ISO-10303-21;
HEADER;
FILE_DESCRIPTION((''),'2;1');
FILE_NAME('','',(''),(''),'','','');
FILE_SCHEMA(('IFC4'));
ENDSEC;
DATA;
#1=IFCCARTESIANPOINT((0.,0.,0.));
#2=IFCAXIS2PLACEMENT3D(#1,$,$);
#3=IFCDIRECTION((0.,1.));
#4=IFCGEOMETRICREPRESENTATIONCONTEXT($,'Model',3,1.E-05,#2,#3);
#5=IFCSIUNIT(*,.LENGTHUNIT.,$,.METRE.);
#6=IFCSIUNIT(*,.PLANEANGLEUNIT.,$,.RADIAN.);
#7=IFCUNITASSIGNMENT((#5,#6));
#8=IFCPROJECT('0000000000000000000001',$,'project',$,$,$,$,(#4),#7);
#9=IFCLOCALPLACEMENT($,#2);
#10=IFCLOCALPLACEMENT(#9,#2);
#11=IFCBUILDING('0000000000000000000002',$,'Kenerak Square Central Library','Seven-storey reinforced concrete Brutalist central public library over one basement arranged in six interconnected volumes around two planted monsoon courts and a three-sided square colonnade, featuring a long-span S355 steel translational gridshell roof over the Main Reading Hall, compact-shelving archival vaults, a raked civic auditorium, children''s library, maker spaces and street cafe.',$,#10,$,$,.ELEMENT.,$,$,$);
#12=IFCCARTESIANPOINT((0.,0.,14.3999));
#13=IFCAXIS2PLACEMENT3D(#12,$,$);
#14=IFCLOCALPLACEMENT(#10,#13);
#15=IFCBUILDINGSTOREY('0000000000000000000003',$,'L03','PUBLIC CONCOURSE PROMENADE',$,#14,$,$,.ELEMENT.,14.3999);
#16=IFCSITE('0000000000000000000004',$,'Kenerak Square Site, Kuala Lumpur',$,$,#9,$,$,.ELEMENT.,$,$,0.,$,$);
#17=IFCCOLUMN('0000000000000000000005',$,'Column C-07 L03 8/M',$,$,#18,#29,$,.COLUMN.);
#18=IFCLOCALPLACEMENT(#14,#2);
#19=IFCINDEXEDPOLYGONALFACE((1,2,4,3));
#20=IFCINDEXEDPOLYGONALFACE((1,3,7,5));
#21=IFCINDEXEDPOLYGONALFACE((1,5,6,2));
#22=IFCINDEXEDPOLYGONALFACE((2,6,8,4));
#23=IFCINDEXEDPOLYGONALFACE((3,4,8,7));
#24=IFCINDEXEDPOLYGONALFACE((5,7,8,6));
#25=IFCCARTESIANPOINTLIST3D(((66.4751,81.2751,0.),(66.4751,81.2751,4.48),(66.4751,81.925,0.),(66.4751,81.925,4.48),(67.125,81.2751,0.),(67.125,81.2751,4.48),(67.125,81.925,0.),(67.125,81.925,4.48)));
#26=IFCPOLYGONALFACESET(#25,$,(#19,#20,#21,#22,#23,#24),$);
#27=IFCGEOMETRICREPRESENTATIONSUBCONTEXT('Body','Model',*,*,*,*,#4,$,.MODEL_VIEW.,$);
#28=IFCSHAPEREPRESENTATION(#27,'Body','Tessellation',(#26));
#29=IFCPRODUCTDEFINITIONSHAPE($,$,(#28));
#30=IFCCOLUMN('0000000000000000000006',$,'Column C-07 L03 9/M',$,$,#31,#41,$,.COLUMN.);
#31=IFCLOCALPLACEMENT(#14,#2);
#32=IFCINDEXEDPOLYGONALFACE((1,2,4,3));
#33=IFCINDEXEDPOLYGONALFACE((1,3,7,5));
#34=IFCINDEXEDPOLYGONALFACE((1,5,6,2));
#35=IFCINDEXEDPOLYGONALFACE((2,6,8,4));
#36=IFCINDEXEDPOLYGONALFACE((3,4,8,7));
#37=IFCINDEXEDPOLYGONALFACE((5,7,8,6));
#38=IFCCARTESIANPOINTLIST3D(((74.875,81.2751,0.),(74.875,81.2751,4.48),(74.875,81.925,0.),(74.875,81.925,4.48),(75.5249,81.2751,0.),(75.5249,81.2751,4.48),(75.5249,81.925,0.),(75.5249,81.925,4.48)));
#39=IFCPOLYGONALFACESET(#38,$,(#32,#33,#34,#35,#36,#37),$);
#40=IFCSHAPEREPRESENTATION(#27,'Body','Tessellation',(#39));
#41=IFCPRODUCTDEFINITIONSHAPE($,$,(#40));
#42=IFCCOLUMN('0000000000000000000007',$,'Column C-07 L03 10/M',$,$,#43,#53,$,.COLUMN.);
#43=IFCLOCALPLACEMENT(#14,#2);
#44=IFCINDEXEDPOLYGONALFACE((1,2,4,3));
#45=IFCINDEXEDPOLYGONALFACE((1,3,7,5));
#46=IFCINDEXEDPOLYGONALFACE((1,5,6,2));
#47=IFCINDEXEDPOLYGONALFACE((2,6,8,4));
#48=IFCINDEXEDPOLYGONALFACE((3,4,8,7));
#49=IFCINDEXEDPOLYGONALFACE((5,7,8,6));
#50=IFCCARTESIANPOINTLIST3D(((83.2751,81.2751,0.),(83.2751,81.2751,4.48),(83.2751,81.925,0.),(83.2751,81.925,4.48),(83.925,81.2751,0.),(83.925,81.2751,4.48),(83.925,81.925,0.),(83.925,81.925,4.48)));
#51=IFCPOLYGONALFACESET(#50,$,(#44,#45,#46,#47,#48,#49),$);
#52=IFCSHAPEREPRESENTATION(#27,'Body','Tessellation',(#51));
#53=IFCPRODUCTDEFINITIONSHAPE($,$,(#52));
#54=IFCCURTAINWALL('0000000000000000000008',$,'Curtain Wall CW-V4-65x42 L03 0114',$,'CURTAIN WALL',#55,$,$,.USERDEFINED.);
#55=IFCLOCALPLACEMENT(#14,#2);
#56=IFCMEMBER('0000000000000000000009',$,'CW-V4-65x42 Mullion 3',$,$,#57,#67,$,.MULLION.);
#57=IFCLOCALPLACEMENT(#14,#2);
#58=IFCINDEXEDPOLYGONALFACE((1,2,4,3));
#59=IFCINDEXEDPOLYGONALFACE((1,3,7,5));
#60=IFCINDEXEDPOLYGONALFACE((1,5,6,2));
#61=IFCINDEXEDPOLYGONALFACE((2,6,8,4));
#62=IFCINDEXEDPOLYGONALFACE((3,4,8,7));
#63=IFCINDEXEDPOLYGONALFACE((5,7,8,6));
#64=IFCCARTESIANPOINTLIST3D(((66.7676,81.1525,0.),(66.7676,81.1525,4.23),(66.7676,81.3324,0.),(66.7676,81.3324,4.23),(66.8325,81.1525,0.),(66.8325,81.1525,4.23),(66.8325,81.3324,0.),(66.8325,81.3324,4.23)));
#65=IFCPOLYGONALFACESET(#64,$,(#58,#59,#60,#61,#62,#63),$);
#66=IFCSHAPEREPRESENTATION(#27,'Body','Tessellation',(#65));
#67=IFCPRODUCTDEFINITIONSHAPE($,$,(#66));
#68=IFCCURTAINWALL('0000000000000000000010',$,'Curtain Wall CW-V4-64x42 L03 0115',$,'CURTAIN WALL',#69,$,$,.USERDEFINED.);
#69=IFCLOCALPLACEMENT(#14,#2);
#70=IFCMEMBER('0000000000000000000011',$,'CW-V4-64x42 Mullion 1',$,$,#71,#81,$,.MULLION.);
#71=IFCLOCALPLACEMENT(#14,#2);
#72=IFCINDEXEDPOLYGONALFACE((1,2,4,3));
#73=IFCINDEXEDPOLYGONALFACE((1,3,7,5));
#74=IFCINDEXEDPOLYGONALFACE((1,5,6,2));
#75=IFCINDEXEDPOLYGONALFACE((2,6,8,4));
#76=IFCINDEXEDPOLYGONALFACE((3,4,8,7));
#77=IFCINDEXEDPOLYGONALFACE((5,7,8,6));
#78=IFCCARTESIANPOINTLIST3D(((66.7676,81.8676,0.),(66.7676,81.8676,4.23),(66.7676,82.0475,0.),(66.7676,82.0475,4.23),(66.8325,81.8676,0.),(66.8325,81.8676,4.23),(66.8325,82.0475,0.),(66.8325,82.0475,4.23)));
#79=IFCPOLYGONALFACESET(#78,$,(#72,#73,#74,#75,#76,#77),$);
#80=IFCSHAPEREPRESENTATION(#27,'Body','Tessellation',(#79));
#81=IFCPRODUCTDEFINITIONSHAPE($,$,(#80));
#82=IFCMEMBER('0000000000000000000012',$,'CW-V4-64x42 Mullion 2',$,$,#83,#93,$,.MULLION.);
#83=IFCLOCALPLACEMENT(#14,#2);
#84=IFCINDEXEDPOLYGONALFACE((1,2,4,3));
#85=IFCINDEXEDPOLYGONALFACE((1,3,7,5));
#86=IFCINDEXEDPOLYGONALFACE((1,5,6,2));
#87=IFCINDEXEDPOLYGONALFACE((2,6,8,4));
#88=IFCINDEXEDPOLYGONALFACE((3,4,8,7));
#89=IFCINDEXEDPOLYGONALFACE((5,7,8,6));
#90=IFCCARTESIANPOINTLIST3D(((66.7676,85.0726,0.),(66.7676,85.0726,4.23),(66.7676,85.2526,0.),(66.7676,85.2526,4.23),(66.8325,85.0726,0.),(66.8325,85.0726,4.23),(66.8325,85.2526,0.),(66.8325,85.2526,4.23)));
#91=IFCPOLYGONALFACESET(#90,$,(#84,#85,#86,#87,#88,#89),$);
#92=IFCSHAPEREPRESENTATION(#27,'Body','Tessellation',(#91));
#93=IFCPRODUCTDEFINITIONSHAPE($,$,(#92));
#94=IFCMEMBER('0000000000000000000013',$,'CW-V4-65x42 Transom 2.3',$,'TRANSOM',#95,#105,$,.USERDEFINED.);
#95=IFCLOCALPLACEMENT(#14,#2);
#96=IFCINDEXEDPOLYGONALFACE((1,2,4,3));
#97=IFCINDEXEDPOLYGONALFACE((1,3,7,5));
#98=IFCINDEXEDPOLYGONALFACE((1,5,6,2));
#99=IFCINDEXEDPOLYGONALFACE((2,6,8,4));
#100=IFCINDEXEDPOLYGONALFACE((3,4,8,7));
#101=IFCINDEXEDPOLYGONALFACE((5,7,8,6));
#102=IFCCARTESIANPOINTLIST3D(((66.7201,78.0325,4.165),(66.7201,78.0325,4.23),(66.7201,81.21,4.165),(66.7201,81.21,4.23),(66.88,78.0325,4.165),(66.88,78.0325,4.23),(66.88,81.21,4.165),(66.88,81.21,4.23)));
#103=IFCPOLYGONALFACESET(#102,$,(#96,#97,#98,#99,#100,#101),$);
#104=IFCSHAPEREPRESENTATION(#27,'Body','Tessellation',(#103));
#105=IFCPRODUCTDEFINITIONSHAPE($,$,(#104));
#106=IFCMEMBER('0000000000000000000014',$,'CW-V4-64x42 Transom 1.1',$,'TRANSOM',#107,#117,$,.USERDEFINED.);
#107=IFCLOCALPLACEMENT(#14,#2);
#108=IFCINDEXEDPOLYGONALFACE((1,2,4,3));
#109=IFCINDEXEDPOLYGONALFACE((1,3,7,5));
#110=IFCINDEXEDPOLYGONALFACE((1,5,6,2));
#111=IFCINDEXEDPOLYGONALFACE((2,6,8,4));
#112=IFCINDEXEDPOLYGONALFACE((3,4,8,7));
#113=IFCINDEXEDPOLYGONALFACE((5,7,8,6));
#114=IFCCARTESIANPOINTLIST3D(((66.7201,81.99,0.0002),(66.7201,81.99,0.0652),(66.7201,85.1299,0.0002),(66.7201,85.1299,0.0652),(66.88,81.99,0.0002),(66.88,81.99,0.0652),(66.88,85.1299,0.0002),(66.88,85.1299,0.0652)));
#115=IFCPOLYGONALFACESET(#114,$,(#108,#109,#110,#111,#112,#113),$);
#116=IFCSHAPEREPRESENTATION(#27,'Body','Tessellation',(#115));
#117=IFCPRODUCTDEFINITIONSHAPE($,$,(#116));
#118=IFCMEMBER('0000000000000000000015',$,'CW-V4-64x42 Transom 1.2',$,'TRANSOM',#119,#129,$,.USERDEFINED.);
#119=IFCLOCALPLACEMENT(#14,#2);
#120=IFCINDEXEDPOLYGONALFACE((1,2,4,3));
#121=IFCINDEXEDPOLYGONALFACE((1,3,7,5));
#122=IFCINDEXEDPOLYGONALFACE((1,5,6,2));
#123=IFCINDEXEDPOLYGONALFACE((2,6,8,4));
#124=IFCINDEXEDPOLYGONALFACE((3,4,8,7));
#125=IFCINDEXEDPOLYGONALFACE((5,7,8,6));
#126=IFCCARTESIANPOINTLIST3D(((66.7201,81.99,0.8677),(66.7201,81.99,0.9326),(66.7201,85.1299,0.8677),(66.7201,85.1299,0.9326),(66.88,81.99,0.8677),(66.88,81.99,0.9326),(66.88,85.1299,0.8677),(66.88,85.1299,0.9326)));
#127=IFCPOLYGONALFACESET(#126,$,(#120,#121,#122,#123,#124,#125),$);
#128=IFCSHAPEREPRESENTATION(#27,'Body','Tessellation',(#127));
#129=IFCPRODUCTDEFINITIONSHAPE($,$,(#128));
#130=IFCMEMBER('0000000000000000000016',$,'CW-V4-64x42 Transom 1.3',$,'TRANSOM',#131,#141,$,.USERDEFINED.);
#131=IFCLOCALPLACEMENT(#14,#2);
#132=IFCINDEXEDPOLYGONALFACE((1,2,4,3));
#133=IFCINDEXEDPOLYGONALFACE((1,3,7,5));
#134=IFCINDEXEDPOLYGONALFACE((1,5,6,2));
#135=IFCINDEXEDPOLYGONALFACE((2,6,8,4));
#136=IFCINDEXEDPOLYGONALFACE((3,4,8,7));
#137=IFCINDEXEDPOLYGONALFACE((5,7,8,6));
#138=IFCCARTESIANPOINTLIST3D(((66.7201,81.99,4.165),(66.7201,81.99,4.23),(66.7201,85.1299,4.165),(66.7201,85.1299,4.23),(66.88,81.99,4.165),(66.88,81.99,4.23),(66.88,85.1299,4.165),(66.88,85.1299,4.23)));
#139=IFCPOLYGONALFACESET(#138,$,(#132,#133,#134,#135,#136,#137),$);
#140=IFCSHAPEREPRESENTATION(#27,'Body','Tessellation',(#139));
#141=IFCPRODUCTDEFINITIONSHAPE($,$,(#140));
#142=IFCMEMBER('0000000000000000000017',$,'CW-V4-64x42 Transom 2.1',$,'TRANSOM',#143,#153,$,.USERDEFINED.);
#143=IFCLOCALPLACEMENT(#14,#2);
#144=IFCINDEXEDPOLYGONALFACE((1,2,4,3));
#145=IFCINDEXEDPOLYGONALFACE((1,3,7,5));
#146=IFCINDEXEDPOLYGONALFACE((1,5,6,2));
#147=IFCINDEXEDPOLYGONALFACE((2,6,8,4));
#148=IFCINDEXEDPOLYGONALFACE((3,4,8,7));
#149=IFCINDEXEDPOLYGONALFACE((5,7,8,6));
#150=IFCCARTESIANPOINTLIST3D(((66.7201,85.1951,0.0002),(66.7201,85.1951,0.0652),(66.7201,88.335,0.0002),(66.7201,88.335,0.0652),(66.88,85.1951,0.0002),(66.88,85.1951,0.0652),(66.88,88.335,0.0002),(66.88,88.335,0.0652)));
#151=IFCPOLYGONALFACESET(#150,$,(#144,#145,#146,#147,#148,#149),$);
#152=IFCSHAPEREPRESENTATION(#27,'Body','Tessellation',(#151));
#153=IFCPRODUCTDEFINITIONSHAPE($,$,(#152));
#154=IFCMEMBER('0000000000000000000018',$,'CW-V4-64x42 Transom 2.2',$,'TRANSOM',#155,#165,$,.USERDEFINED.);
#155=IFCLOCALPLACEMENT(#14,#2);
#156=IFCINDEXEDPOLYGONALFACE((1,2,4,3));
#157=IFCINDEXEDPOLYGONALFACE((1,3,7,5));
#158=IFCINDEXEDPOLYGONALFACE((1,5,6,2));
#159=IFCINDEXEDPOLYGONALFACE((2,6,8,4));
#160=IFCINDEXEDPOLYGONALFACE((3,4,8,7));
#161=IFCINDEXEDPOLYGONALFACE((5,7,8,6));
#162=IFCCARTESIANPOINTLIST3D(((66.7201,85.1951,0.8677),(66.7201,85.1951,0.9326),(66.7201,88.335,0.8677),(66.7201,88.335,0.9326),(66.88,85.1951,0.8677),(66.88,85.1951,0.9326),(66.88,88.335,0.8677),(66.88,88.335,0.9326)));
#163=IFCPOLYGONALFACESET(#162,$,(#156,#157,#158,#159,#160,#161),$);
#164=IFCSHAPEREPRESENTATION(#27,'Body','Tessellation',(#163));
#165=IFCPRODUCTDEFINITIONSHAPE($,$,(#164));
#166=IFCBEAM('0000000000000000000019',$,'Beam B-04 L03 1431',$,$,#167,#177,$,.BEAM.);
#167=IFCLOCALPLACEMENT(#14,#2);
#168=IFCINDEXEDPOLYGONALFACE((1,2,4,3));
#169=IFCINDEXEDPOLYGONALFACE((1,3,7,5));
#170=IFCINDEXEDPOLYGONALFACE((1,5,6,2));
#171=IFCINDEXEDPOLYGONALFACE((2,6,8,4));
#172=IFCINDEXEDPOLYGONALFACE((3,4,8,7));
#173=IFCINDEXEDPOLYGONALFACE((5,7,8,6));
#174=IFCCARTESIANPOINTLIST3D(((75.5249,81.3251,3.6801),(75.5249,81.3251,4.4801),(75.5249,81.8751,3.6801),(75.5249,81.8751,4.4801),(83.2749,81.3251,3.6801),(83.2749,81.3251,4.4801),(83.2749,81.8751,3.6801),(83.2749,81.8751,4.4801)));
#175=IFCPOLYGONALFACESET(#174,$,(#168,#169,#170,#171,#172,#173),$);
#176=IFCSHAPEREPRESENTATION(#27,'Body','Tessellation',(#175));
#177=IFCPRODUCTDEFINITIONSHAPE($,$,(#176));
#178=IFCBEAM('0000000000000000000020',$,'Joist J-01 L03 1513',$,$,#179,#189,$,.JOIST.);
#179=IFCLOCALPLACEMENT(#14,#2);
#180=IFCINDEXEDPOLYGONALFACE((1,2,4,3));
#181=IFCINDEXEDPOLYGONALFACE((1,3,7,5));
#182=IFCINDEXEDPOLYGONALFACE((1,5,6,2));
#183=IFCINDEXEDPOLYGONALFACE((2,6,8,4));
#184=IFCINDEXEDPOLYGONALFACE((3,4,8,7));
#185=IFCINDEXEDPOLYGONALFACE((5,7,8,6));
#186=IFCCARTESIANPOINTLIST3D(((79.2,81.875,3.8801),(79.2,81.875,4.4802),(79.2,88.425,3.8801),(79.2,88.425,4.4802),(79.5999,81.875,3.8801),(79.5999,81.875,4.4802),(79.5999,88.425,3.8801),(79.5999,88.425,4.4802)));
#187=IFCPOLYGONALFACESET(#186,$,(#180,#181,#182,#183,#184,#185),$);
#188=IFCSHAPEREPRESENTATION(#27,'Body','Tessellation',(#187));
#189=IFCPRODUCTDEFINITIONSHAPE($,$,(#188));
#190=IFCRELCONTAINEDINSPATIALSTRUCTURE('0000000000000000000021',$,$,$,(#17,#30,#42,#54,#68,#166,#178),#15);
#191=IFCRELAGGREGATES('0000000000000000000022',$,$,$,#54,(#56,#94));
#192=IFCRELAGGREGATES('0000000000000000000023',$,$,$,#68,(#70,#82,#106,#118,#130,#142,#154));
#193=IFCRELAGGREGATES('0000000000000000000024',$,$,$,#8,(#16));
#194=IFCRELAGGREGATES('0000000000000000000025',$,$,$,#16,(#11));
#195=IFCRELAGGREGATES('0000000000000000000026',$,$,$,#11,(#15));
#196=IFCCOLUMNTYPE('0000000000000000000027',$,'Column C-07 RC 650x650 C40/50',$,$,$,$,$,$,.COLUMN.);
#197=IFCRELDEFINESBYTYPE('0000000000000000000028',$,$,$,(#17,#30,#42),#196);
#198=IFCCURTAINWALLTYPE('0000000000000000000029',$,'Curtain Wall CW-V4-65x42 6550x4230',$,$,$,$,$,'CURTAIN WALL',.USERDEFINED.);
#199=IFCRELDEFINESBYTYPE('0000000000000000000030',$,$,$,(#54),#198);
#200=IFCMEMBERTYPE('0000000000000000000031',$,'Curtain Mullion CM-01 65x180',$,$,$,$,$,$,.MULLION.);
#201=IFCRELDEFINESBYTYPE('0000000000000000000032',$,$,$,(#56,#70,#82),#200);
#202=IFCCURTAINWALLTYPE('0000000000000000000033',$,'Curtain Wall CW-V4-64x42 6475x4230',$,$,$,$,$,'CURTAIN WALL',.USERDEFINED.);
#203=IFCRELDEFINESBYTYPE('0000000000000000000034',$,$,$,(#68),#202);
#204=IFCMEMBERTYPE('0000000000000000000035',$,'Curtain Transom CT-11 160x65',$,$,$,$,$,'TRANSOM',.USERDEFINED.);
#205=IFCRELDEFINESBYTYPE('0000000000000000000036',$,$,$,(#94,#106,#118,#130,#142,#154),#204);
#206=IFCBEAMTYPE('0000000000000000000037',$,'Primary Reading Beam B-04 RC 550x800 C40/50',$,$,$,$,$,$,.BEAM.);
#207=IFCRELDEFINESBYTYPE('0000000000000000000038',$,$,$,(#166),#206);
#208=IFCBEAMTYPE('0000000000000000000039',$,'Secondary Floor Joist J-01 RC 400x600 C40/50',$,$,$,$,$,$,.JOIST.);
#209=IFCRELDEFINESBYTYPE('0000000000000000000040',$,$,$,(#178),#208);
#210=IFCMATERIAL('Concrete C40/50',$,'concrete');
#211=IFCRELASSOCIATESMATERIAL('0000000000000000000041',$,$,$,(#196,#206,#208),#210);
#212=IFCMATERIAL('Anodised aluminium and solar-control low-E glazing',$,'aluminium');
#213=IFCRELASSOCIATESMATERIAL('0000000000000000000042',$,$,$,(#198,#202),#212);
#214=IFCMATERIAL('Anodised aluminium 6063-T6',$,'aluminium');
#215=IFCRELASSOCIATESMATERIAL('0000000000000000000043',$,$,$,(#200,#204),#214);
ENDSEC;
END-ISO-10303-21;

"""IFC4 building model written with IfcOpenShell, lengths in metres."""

from ifc_helpers import new_model, si_unit, direction, frame, origin, origin_2d, place, context, subcontext, project, spatial, rectangle, extrude, material, material_profile, profile_set, type_object, element, aggregate, save


model = new_model("IFC4")

# Units and contexts
model_context = context("Model", 3, precision=1e-05, world=origin(), true_north=direction((0.0, 1.0)))
body_context = subcontext(model_context, "Body", "Model", "MODEL_VIEW")
ifc_project = project(units=[si_unit("LENGTHUNIT", "METRE"), si_unit("PLANEANGLEUNIT", "RADIAN")], contexts=[model_context])

# Site, building, storey
site_placement = place(None, origin())
site = spatial("IfcSite", under=ifc_project, at=site_placement, Name="Kenerak Square Site, Kuala Lumpur", CompositionType="ELEMENT", RefElevation=0.0)
building_placement = place(site_placement, origin())
building = spatial("IfcBuilding", under=site, at=building_placement, Name="Kenerak Square Central Library", Description="Seven-storey reinforced concrete Brutalist central public library over one basement arranged in six interconnected volumes around two planted monsoon courts and a three-sided square colonnade, featuring a long-span S355 steel translational gridshell roof over the Main Reading Hall, compact-shelving archival vaults, a raked civic auditorium, children's library, maker spaces and street cafe.", CompositionType="ELEMENT")
storey_placement = place(building_placement, frame((0.0, 0.0, 14.3999)))
storey = spatial("IfcBuildingStorey", under=building, at=storey_placement, Name="L03", Description="PUBLIC CONCOURSE PROMENADE", CompositionType="ELEMENT", Elevation=14.3999)

# Columns
ifc_material_1 = material(Name="Concrete C40/50", Category="concrete")
ifc_material_profile_1 = material_profile(ifc_material_1, rectangle(XDim=0.6499, YDim=0.6499, at=origin_2d()), Name="RC 650x650")
ifc_profile_set_1 = profile_set([ifc_material_profile_1], Name="Concrete C40/50")
column_type = type_object("IfcColumnType", Name="Column C-07 RC 650x650 C40/50", PredefinedType="COLUMN", material=ifc_profile_set_1)
for number, where, z_axis, x_axis, name in (
    (1, (66.8, 81.6001, 0.0), (0.0, 0.0, 1.0), (1.0, 0.0, 0.0), "Column C-07 L03 8/M"),
    (2, (75.2, 81.6001, 0.0), (0.0, 0.0, 1.0), (1.0, 0.0, 0.0), "Column C-07 L03 9/M"),
    (3, (83.6001, 81.6001, 0.0), (0.0, 0.0, 1.0), (1.0, 0.0, 0.0), "Column C-07 L03 10/M"),
):
    element("IfcColumn", number, at=place(storey_placement, frame(where, z_axis=z_axis, x_axis=x_axis)), inside=storey, type_object=column_type, Name=name, PredefinedType="COLUMN", context=body_context, shape_type="SweptSolid", body=[
        extrude(rectangle(XDim=0.6499, YDim=0.6499, at=origin_2d()), origin(), (0.0, 0.0, 1.0), 4.48),
    ])

# Curtain wall, member
ifc_material_2 = material(Name="Anodised aluminium and solar-control low-E glazing", Category="aluminium")
curtain_wall_type_1 = type_object("IfcCurtainWallType", Name="Curtain Wall CW-V4-65x42 6550x4230", ElementType="CURTAIN WALL", PredefinedType="USERDEFINED", material=ifc_material_2)
curtain_wall_1_placement = place(storey_placement, origin())
curtain_wall_1 = element("IfcCurtainWall", 4, at=curtain_wall_1_placement, inside=storey, type_object=curtain_wall_type_1, Name="Curtain Wall CW-V4-65x42 L03 0114", ObjectType="CURTAIN WALL", PredefinedType="USERDEFINED")
ifc_material_3 = material(Name="Anodised aluminium 6063-T6", Category="aluminium")
ifc_material_profile_2 = material_profile(ifc_material_3, rectangle(XDim=0.0649, YDim=0.1799, at=origin_2d()), Name="AL MULLION 65x180")
ifc_profile_set_2 = profile_set([ifc_material_profile_2], Name="Anodised aluminium 6063-T6")
member_type_1 = type_object("IfcMemberType", Name="Curtain Mullion CM-01 65x180", PredefinedType="MULLION", material=ifc_profile_set_2)
member_1_placement = place(storey_placement, frame((66.8, 81.2424, 0.0), z_axis=(0.0, 0.0, 1.0), x_axis=(-1.0, 0.0, 0.0)))
member_1 = element("IfcMember", 5, at=member_1_placement, type_object=member_type_1, Name="CW-V4-65x42 Mullion 3", PredefinedType="MULLION", context=body_context, shape_type="SweptSolid", body=[
    extrude(rectangle(XDim=0.0649, YDim=0.1799, at=origin_2d()), origin(), (0.0, 0.0, 1.0), 4.23),
])

# Curtain wall, members
curtain_wall_type_2 = type_object("IfcCurtainWallType", Name="Curtain Wall CW-V4-64x42 6475x4230", ElementType="CURTAIN WALL", PredefinedType="USERDEFINED", material=ifc_material_2)
curtain_wall_2_placement = place(storey_placement, origin())
curtain_wall_2 = element("IfcCurtainWall", 6, at=curtain_wall_2_placement, inside=storey, type_object=curtain_wall_type_2, Name="Curtain Wall CW-V4-64x42 L03 0115", ObjectType="CURTAIN WALL", PredefinedType="USERDEFINED")
member_2_placement = place(storey_placement, frame((66.8, 81.9575, 0.0), z_axis=(0.0, 0.0, 1.0), x_axis=(-1.0, 0.0, 0.0)))
member_2 = element("IfcMember", 7, at=member_2_placement, type_object=member_type_1, Name="CW-V4-64x42 Mullion 1", PredefinedType="MULLION", context=body_context, shape_type="SweptSolid", body=[
    extrude(rectangle(XDim=0.0649, YDim=0.1799, at=origin_2d()), origin(), (0.0, 0.0, 1.0), 4.23),
])
member_3_placement = place(storey_placement, frame((66.8, 85.1626, 0.0), z_axis=(0.0, 0.0, 1.0), x_axis=(-1.0, 0.0, 0.0)))
member_3 = element("IfcMember", 8, at=member_3_placement, type_object=member_type_1, Name="CW-V4-64x42 Mullion 2", PredefinedType="MULLION", context=body_context, shape_type="SweptSolid", body=[
    extrude(rectangle(XDim=0.0649, YDim=0.1799, at=origin_2d()), origin(), (0.0, 0.0, 1.0), 4.23),
])

# Members
ifc_material_profile_3 = material_profile(ifc_material_3, rectangle(XDim=0.1599, YDim=0.0649, at=origin_2d()), Name="AL TRANSOM 160x65")
ifc_profile_set_3 = profile_set([ifc_material_profile_3], Name="Anodised aluminium 6063-T6")
member_type_2 = type_object("IfcMemberType", Name="Curtain Transom CT-11 160x65", ElementType="TRANSOM", PredefinedType="USERDEFINED", material=ifc_profile_set_3)
member_4_placement = place(storey_placement, frame((66.8, 78.0325, 4.1975), z_axis=(0.0, 1.0, 0.0), x_axis=(-1.0, 0.0, 0.0)))
member_4 = element("IfcMember", 9, at=member_4_placement, type_object=member_type_2, Name="CW-V4-65x42 Transom 2.3", ObjectType="TRANSOM", PredefinedType="USERDEFINED", context=body_context, shape_type="SweptSolid", body=[
    extrude(rectangle(XDim=0.1599, YDim=0.0649, at=origin_2d()), origin(), (0.0, 0.0, 1.0), 3.1775),
])
member_5_placement = place(storey_placement, frame((66.8, 81.99, 0.0327), z_axis=(0.0, 1.0, 0.0), x_axis=(-1.0, 0.0, 0.0)))
member_5 = element("IfcMember", 10, at=member_5_placement, type_object=member_type_2, Name="CW-V4-64x42 Transom 1.1", ObjectType="TRANSOM", PredefinedType="USERDEFINED", context=body_context, shape_type="SweptSolid", body=[
    extrude(rectangle(XDim=0.1599, YDim=0.0649, at=origin_2d()), origin(), (0.0, 0.0, 1.0), 3.1399),
])
member_6_placement = place(storey_placement, frame((66.8, 81.99, 0.9001), z_axis=(0.0, 1.0, 0.0), x_axis=(-1.0, 0.0, 0.0)))
member_6 = element("IfcMember", 11, at=member_6_placement, type_object=member_type_2, Name="CW-V4-64x42 Transom 1.2", ObjectType="TRANSOM", PredefinedType="USERDEFINED", context=body_context, shape_type="SweptSolid", body=[
    extrude(rectangle(XDim=0.1599, YDim=0.0649, at=origin_2d()), origin(), (0.0, 0.0, 1.0), 3.1399),
])
member_7_placement = place(storey_placement, frame((66.8, 81.99, 4.1975), z_axis=(0.0, 1.0, 0.0), x_axis=(-1.0, 0.0, 0.0)))
member_7 = element("IfcMember", 12, at=member_7_placement, type_object=member_type_2, Name="CW-V4-64x42 Transom 1.3", ObjectType="TRANSOM", PredefinedType="USERDEFINED", context=body_context, shape_type="SweptSolid", body=[
    extrude(rectangle(XDim=0.1599, YDim=0.0649, at=origin_2d()), origin(), (0.0, 0.0, 1.0), 3.1399),
])
member_8_placement = place(storey_placement, frame((66.8, 85.1951, 0.0327), z_axis=(0.0, 1.0, 0.0), x_axis=(-1.0, 0.0, 0.0)))
member_8 = element("IfcMember", 13, at=member_8_placement, type_object=member_type_2, Name="CW-V4-64x42 Transom 2.1", ObjectType="TRANSOM", PredefinedType="USERDEFINED", context=body_context, shape_type="SweptSolid", body=[
    extrude(rectangle(XDim=0.1599, YDim=0.0649, at=origin_2d()), origin(), (0.0, 0.0, 1.0), 3.1399),
])
member_9_placement = place(storey_placement, frame((66.8, 85.1951, 0.9001), z_axis=(0.0, 1.0, 0.0), x_axis=(-1.0, 0.0, 0.0)))
member_9 = element("IfcMember", 14, at=member_9_placement, type_object=member_type_2, Name="CW-V4-64x42 Transom 2.2", ObjectType="TRANSOM", PredefinedType="USERDEFINED", context=body_context, shape_type="SweptSolid", body=[
    extrude(rectangle(XDim=0.1599, YDim=0.0649, at=origin_2d()), origin(), (0.0, 0.0, 1.0), 3.1399),
])

# Beams
ifc_material_profile_4 = material_profile(ifc_material_1, rectangle(XDim=0.55, YDim=0.8, at=origin_2d()), Name="RC 550x800")
ifc_profile_set_4 = profile_set([ifc_material_profile_4], Name="Concrete C40/50")
beam_type_1 = type_object("IfcBeamType", Name="Primary Reading Beam B-04 RC 550x800 C40/50", PredefinedType="BEAM", material=ifc_profile_set_4)
beam_1_placement = place(storey_placement, frame((75.5249, 81.6001, 4.0801), z_axis=(1.0, 0.0, 0.0), x_axis=(0.0, 1.0, 0.0)))
element("IfcBeam", 15, at=beam_1_placement, inside=storey, type_object=beam_type_1, Name="Beam B-04 L03 1431", PredefinedType="BEAM", context=body_context, shape_type="SweptSolid", body=[
    extrude(rectangle(XDim=0.55, YDim=0.8, at=origin_2d()), origin(), (0.0, 0.0, 1.0), 7.75),
])
ifc_material_profile_5 = material_profile(ifc_material_1, rectangle(XDim=0.3999, YDim=0.6001, at=origin_2d()), Name="RC 400x600")
ifc_profile_set_5 = profile_set([ifc_material_profile_5], Name="Concrete C40/50")
beam_type_2 = type_object("IfcBeamType", Name="Secondary Floor Joist J-01 RC 400x600 C40/50", PredefinedType="JOIST", material=ifc_profile_set_5)
beam_2_placement = place(storey_placement, frame((79.3999, 81.875, 4.1802), z_axis=(0.0, 1.0, 0.0), x_axis=(-1.0, 0.0, 0.0)))
element("IfcBeam", 16, at=beam_2_placement, inside=storey, type_object=beam_type_2, Name="Joist J-01 L03 1513", PredefinedType="JOIST", context=body_context, shape_type="SweptSolid", body=[
    extrude(rectangle(XDim=0.3999, YDim=0.6001, at=origin_2d()), origin(), (0.0, 0.0, 1.0), 6.55),
])

aggregate(curtain_wall_1, [member_1, member_4])
aggregate(curtain_wall_2, [member_2, member_3, member_5, member_6, member_7, member_8, member_9])

save(model, "model.ifc")
